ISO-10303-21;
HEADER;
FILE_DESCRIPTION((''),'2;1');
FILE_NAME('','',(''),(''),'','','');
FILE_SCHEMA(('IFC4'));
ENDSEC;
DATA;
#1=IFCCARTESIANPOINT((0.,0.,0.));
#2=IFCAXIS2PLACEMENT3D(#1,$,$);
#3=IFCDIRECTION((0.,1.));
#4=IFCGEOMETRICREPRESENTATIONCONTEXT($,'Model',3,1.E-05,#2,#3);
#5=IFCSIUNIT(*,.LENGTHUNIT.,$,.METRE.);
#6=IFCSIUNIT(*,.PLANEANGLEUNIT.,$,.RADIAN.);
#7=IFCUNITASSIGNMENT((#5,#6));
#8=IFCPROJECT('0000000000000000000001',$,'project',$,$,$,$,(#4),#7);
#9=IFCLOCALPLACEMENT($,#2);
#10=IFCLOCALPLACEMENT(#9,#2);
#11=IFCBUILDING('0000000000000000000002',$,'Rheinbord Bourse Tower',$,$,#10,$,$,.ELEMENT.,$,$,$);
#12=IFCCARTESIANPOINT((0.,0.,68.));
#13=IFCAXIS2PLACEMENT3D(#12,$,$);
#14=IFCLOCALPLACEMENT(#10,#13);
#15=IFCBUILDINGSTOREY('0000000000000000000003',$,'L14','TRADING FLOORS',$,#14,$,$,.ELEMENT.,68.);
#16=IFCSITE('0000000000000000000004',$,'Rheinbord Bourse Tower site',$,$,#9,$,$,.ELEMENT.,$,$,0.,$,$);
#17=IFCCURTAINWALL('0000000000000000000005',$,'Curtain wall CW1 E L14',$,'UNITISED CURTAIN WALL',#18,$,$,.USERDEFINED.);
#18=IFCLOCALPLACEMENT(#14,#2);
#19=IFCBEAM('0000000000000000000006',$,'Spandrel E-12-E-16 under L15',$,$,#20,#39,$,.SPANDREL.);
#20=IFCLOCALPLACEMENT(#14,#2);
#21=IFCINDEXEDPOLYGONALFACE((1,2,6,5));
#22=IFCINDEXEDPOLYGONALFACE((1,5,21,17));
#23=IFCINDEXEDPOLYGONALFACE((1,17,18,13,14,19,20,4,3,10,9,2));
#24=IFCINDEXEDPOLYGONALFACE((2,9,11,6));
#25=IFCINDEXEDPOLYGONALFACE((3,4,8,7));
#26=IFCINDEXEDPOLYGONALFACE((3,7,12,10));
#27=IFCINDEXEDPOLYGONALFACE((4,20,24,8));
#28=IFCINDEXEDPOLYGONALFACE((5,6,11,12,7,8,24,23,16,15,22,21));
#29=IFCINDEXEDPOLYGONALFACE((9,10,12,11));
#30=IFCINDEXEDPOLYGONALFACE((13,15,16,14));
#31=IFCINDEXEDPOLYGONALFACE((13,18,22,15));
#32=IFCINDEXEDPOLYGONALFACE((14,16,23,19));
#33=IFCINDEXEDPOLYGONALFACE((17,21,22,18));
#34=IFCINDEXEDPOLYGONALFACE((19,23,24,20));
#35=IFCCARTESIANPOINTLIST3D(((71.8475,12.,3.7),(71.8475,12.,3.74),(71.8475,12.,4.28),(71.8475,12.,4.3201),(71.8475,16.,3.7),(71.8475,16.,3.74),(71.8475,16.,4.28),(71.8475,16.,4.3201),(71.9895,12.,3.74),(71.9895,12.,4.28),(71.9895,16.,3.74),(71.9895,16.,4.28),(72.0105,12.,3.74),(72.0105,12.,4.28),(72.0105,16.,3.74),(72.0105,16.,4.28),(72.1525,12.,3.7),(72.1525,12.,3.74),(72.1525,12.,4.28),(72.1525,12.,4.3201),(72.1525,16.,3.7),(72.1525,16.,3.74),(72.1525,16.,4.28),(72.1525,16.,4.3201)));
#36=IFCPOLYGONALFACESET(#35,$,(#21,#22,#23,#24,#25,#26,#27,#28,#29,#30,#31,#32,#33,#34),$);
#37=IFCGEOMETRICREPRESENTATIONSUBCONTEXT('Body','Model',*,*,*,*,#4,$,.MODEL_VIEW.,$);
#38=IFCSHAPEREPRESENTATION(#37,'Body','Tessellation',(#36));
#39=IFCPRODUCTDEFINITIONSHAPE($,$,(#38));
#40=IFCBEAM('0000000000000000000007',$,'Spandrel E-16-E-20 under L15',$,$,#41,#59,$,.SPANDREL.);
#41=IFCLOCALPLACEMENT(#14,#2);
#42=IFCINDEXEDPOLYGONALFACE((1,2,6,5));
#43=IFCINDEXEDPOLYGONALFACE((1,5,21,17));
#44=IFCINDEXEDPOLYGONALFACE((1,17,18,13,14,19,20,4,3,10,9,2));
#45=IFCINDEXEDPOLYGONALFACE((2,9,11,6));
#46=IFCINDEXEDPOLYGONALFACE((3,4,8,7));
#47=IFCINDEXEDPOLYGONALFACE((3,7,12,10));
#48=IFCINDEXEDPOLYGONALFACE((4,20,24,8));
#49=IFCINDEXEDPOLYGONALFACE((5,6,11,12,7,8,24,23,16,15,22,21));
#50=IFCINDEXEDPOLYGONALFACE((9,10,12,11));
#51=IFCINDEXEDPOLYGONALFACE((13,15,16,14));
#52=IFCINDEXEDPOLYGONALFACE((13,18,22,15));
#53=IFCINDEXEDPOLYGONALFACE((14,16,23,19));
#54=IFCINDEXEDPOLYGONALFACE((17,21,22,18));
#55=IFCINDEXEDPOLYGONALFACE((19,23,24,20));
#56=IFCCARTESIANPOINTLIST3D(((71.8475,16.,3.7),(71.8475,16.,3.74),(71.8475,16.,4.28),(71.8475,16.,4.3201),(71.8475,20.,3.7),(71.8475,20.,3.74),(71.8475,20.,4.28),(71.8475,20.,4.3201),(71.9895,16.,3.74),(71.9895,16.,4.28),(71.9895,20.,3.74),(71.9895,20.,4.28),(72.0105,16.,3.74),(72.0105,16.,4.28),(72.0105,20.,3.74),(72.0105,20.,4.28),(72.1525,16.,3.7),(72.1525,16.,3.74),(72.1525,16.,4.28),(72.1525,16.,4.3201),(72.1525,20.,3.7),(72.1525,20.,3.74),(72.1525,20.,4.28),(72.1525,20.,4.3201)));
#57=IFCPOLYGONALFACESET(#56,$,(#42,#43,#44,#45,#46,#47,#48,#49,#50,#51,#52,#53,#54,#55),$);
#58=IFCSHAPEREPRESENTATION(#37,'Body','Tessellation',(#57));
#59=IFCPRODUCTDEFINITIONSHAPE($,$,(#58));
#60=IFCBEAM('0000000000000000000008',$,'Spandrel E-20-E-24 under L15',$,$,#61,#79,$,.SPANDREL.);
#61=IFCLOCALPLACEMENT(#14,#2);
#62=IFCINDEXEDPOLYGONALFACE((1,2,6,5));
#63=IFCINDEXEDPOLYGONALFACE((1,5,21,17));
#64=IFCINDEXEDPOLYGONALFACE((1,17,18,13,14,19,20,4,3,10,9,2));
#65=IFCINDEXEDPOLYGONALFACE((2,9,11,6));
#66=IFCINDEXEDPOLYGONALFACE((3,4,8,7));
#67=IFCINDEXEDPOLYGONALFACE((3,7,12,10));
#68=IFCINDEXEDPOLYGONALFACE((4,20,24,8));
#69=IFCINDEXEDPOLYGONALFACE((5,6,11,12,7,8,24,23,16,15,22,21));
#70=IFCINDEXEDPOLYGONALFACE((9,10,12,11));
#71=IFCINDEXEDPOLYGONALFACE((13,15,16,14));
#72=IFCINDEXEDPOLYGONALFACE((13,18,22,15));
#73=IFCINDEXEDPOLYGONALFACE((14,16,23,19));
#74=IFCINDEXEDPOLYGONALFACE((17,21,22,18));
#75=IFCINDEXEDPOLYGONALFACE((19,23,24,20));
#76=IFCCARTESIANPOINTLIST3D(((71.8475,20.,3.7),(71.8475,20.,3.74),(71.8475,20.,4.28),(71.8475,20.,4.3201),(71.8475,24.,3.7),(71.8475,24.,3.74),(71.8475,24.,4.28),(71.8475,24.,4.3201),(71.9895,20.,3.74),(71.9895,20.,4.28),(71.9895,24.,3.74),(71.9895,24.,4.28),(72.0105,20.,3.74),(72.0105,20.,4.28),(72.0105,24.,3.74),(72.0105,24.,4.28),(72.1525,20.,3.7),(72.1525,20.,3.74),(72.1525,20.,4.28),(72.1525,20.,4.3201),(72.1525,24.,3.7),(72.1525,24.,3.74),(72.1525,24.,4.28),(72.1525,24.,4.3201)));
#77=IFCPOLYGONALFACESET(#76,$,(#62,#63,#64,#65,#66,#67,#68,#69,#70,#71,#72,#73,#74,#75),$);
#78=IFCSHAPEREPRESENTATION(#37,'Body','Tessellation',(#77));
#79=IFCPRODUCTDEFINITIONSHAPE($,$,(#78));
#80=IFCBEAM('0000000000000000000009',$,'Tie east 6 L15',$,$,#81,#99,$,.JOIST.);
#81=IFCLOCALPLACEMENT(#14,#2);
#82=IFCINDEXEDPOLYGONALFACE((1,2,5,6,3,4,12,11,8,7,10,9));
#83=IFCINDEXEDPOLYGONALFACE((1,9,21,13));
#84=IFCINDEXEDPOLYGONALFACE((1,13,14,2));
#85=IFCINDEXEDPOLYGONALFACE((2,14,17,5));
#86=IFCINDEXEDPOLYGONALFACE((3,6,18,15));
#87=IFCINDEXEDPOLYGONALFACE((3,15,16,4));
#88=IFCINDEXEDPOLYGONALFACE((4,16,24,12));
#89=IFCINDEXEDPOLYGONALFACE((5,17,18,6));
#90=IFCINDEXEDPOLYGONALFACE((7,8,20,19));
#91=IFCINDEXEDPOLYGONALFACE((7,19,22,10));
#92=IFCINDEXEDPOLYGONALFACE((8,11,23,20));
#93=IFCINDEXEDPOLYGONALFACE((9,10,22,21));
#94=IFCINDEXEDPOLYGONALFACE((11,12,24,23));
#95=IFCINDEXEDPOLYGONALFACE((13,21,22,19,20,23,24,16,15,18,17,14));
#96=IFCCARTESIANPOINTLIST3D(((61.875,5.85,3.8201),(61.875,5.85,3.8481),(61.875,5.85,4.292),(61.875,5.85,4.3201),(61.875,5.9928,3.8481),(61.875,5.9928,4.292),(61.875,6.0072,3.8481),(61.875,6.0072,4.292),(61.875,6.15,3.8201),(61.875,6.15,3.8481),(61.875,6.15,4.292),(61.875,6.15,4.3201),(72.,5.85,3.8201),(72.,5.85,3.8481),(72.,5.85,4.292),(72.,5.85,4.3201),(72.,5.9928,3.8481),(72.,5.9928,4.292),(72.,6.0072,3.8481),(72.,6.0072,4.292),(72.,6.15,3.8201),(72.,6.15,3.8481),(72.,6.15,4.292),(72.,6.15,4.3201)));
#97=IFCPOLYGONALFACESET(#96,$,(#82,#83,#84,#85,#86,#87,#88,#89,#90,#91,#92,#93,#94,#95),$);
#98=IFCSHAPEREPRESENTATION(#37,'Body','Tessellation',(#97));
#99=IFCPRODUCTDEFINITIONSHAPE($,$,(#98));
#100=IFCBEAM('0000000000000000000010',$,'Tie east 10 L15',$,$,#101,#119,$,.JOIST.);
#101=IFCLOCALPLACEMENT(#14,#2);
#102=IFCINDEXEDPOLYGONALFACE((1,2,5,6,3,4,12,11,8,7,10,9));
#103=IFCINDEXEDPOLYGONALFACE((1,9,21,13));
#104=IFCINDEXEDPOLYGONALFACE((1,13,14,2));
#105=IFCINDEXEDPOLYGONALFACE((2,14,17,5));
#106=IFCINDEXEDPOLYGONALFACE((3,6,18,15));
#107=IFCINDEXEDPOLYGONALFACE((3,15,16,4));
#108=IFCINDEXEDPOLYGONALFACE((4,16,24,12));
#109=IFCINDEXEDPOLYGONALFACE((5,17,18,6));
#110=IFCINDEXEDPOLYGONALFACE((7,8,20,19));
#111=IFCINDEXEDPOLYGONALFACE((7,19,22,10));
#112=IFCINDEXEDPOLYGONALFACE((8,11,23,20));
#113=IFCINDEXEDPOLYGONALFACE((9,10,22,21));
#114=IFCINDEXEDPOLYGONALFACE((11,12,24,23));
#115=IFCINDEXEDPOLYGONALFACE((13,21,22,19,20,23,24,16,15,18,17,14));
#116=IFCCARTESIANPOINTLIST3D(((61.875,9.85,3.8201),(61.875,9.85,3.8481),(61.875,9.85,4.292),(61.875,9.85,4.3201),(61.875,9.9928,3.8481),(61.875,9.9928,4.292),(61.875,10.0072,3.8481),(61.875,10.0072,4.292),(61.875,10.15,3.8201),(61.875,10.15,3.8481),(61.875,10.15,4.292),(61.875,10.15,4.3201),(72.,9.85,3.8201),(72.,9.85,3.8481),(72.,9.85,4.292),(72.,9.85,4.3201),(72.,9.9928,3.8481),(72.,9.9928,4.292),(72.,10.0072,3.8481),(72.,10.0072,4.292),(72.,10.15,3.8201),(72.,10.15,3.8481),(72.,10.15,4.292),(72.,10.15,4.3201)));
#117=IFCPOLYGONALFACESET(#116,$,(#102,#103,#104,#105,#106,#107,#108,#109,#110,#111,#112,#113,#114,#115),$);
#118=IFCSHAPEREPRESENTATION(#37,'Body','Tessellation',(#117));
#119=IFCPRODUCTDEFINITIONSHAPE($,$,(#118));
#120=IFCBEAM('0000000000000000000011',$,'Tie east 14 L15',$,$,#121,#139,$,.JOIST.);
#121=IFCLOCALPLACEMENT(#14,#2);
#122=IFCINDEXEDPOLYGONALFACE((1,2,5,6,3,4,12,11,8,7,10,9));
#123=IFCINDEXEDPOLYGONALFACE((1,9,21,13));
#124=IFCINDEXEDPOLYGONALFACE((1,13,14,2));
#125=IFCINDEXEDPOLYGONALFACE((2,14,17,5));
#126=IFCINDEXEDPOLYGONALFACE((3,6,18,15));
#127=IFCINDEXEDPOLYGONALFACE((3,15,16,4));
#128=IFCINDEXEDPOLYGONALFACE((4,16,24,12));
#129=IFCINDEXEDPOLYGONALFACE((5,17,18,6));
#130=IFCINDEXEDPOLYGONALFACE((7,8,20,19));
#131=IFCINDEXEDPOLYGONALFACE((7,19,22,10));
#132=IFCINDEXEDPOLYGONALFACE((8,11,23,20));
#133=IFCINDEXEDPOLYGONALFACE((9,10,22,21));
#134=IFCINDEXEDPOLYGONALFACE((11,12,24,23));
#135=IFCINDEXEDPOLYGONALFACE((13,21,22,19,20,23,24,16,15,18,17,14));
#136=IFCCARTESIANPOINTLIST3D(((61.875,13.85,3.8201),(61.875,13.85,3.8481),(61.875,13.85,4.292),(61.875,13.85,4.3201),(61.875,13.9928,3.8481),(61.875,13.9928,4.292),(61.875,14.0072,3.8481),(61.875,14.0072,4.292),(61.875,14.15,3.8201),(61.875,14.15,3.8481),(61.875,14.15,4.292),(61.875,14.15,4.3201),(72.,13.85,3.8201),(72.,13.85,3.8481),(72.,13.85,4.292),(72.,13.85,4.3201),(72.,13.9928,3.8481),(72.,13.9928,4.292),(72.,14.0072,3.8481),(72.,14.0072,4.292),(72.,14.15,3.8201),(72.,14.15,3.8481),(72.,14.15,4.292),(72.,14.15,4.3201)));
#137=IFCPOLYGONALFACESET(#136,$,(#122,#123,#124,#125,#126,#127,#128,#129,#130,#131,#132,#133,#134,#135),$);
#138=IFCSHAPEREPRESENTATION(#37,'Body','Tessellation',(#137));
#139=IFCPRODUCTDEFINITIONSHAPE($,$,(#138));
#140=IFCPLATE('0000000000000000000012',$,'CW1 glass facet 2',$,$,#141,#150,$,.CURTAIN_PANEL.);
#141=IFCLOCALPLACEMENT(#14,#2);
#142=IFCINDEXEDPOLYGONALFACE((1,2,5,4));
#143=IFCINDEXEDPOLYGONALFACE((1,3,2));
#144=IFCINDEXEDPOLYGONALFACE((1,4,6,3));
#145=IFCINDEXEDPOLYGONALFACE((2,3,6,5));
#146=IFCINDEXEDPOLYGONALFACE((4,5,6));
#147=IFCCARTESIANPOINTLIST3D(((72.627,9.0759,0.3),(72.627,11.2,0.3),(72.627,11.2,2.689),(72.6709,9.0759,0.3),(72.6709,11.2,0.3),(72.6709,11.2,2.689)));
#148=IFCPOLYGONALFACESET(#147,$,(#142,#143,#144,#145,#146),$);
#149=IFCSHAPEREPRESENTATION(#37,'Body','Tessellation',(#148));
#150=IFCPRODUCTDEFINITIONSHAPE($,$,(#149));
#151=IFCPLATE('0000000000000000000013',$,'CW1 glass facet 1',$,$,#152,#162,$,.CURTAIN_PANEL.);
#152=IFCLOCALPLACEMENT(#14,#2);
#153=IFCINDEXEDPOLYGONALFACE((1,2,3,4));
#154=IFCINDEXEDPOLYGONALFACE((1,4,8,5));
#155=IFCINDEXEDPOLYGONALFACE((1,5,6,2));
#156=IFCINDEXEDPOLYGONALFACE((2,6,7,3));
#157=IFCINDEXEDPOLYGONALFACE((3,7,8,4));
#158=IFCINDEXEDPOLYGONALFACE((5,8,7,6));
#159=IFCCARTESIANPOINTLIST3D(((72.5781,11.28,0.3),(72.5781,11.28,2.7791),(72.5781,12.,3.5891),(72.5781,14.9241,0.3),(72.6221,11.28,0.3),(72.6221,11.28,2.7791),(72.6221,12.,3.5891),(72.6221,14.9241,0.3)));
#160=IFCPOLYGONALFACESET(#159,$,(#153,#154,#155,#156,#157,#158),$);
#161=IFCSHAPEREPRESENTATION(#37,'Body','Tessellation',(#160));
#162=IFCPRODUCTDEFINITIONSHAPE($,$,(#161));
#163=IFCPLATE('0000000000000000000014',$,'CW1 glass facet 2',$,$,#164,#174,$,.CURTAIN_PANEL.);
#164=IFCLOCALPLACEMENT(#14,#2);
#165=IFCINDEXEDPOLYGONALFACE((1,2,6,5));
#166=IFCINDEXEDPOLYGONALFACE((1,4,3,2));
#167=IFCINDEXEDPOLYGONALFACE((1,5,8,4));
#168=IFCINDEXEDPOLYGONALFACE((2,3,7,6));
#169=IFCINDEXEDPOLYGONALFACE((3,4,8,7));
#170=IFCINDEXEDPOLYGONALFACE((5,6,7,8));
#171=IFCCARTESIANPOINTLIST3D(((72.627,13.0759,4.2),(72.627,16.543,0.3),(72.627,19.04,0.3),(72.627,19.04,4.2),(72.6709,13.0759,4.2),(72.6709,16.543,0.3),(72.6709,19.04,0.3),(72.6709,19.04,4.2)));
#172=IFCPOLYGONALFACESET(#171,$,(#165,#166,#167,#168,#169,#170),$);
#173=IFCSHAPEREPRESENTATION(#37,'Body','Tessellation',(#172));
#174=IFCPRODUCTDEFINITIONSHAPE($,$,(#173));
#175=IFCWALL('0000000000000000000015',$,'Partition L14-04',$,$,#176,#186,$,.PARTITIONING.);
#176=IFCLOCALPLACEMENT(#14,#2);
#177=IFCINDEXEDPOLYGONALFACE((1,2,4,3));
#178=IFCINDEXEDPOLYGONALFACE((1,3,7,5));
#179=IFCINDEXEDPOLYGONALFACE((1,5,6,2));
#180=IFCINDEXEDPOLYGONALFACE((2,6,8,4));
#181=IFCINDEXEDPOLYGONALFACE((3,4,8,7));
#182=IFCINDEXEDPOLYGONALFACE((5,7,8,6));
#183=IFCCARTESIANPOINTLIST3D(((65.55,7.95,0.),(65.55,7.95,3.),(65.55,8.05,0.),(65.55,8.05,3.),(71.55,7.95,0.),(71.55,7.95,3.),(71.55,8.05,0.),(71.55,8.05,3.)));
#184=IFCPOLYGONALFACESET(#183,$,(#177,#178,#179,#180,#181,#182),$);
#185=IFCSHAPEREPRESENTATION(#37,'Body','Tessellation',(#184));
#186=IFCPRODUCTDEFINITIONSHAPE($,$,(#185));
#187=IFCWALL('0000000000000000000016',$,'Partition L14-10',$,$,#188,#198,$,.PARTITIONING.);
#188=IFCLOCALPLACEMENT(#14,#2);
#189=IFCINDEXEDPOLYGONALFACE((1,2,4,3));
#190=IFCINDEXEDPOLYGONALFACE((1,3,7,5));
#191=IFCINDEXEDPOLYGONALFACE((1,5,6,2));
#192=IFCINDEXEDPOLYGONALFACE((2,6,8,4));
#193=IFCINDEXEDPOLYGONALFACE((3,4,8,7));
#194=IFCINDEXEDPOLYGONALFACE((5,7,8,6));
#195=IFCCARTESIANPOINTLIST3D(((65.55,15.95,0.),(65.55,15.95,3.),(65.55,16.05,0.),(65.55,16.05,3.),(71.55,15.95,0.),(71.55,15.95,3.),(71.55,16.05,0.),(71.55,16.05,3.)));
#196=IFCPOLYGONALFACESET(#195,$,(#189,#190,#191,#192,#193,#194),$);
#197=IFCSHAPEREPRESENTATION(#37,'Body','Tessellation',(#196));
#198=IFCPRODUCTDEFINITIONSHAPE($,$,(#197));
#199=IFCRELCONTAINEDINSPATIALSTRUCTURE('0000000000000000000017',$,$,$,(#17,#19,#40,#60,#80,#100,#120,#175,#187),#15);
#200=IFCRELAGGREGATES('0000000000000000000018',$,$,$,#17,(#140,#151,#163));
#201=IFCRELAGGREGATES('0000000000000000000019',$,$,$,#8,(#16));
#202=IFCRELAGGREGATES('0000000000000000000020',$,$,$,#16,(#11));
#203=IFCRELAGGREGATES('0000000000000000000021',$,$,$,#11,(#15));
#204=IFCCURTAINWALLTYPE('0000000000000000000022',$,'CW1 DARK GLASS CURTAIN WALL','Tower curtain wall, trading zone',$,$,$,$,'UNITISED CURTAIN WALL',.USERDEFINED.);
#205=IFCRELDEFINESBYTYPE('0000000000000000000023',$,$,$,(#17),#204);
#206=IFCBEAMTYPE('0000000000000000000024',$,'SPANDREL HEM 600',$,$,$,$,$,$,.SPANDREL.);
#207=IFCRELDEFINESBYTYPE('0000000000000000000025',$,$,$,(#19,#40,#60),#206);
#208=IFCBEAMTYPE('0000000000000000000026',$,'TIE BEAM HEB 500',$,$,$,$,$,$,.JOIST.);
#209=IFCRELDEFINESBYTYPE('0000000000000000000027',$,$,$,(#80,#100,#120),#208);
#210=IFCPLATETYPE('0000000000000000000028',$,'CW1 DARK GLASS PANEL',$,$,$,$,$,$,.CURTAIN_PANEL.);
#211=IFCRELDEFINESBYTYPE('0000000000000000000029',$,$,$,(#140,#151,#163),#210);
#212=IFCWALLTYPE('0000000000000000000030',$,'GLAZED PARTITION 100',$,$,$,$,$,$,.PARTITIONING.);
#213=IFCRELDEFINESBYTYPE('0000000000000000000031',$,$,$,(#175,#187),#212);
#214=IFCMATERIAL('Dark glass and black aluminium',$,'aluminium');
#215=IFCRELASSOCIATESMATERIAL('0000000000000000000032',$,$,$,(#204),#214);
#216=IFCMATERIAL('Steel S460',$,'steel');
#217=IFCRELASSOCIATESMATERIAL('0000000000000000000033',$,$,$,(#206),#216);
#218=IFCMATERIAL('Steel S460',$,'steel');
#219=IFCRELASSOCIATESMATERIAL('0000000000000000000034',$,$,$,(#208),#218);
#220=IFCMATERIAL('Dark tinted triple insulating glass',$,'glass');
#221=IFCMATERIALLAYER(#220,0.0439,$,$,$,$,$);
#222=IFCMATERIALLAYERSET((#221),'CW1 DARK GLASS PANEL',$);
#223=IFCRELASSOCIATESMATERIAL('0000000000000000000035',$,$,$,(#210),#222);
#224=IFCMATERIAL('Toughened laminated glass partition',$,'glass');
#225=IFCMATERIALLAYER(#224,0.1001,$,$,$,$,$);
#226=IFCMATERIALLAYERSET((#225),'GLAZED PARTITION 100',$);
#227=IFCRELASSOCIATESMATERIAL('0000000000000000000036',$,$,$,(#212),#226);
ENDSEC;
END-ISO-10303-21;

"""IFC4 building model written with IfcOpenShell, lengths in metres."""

from ifc_helpers import new_model, si_unit, direction, frame, frame_2d, origin, origin_2d, place, context, subcontext, project, spatial, polyline, rectangle, i_section, outline, extrude, material, layer, layer_set, material_profile, profile_set, type_object, element, aggregate, save


model = new_model("IFC4")

# Units and contexts
model_context = context("Model", 3, precision=1e-05, world=origin(), true_north=direction((0.0, 1.0)))
body_context = subcontext(model_context, "Body", "Model", "MODEL_VIEW")
ifc_project = project(units=[si_unit("LENGTHUNIT", "METRE"), si_unit("PLANEANGLEUNIT", "RADIAN")], contexts=[model_context])

# Site, building, storey
site_placement = place(None, origin())
site = spatial("IfcSite", under=ifc_project, at=site_placement, Name="Rheinbord Bourse Tower site", CompositionType="ELEMENT", RefElevation=0.0)
building_placement = place(site_placement, origin())
building = spatial("IfcBuilding", under=site, at=building_placement, Name="Rheinbord Bourse Tower", CompositionType="ELEMENT")
storey_placement = place(building_placement, frame((0.0, 0.0, 68.0)))
storey = spatial("IfcBuildingStorey", under=building, at=storey_placement, Name="L14", Description="TRADING FLOORS", CompositionType="ELEMENT", Elevation=68.0)

# Curtain wall
ifc_material_1 = material(Name="Dark glass and black aluminium", Category="aluminium")
curtain_wall_type = type_object("IfcCurtainWallType", Name="CW1 DARK GLASS CURTAIN WALL", Description="Tower curtain wall, trading zone", ElementType="UNITISED CURTAIN WALL", PredefinedType="USERDEFINED", material=ifc_material_1)
curtain_wall_placement = place(storey_placement, origin())
curtain_wall = element("IfcCurtainWall", 1, at=curtain_wall_placement, inside=storey, type_object=curtain_wall_type, Name="Curtain wall CW1 E L14", ObjectType="UNITISED CURTAIN WALL", PredefinedType="USERDEFINED")

# Beams
ifc_material_2 = material(Name="Steel S460", Category="steel")
ifc_material_profile_1 = material_profile(ifc_material_2, i_section(OverallWidth=0.3049, OverallDepth=0.6201, WebThickness=0.021, FlangeThickness=0.04, at=origin_2d()), Name="HEM 600")
ifc_profile_set_1 = profile_set([ifc_material_profile_1], Name="Steel S460")
beam_type_1 = type_object("IfcBeamType", Name="SPANDREL HEM 600", PredefinedType="SPANDREL", material=ifc_profile_set_1)
for number, where, z_axis, x_axis, name in (
    (2, (72.0, 12.0, 4.01), (0.0, 1.0, 0.0), (-1.0, 0.0, 0.0), "Spandrel E-12-E-16 under L15"),
    (3, (72.0, 16.0, 4.01), (0.0, 1.0, 0.0), (-1.0, 0.0, 0.0), "Spandrel E-16-E-20 under L15"),
    (4, (72.0, 20.0, 4.01), (0.0, 1.0, 0.0), (-1.0, 0.0, 0.0), "Spandrel E-20-E-24 under L15"),
):
    element("IfcBeam", number, at=place(storey_placement, frame(where, z_axis=z_axis, x_axis=x_axis)), inside=storey, type_object=beam_type_1, Name=name, PredefinedType="SPANDREL", context=body_context, shape_type="SweptSolid", body=[
        extrude(i_section(OverallWidth=0.3049, OverallDepth=0.6201, WebThickness=0.021, FlangeThickness=0.04, at=origin_2d()), origin(), (0.0, 0.0, 1.0), 4.0),
    ])
ifc_material_3 = material(Name="Steel S460", Category="steel")
ifc_material_profile_2 = material_profile(ifc_material_3, i_section(OverallWidth=0.3, OverallDepth=0.5, WebThickness=0.0144, FlangeThickness=0.0281, at=origin_2d()), Name="HEB 500")
ifc_profile_set_2 = profile_set([ifc_material_profile_2], Name="Steel S460")
beam_type_2 = type_object("IfcBeamType", Name="TIE BEAM HEB 500", PredefinedType="JOIST", material=ifc_profile_set_2)
for number, where, z_axis, x_axis, name in (
    (5, (61.875, 6.0, 4.0701), (1.0, 0.0, 0.0), (0.0, 1.0, 0.0), "Tie east 6 L15"),
    (6, (61.875, 10.0, 4.0701), (1.0, 0.0, 0.0), (0.0, 1.0, 0.0), "Tie east 10 L15"),
    (7, (61.875, 14.0, 4.0701), (1.0, 0.0, 0.0), (0.0, 1.0, 0.0), "Tie east 14 L15"),
):
    element("IfcBeam", number, at=place(storey_placement, frame(where, z_axis=z_axis, x_axis=x_axis)), inside=storey, type_object=beam_type_2, Name=name, PredefinedType="JOIST", context=body_context, shape_type="SweptSolid", body=[
        extrude(i_section(OverallWidth=0.3, OverallDepth=0.5, WebThickness=0.0144, FlangeThickness=0.0281, at=origin_2d()), origin(), (0.0, 0.0, 1.0), 10.125),
    ])

# Plates
ifc_material_4 = material(Name="Dark tinted triple insulating glass", Category="glass")
ifc_layer_1 = layer(ifc_material_4, 0.0439)
ifc_layer_set_1 = layer_set([ifc_layer_1], Name="CW1 DARK GLASS PANEL")
plate_type = type_object("IfcPlateType", Name="CW1 DARK GLASS PANEL", PredefinedType="CURTAIN_PANEL", material=ifc_layer_set_1)
plate_1_placement = place(storey_placement, frame((72.6709, 11.2, 0.3), z_axis=(-1.0, 0.0, 0.0), x_axis=(0.0, -1.0, 0.0)))
plate_1 = element("IfcPlate", 8, at=plate_1_placement, type_object=plate_type, Name="CW1 glass facet 2", PredefinedType="CURTAIN_PANEL", context=body_context, shape_type="SweptSolid", body=[
    extrude(outline(polyline([(0.0, 0.0), (2.124, 0.0), (0.0, 2.3889), (0.0, 0.0)])), origin(), (0.0, 0.0, 1.0), 0.0439),
])
plate_2_placement = place(storey_placement, frame((72.6221, 11.28, 0.3), z_axis=(-1.0, 0.0, 0.0), x_axis=(0.0, 0.0, 1.0)))
plate_2 = element("IfcPlate", 9, at=plate_2_placement, type_object=plate_type, Name="CW1 glass facet 1", PredefinedType="CURTAIN_PANEL", context=body_context, shape_type="SweptSolid", body=[
    extrude(outline(polyline([(0.0, 0.0), (2.479, 0.0), (3.2891, 0.72), (0.0, 3.644), (0.0, 0.0)])), origin(), (0.0, 0.0, 1.0), 0.0439),
])
plate_3_placement = place(storey_placement, frame((72.6709, 19.04, 4.2), z_axis=(-1.0, 0.0, 0.0), x_axis=(0.0, 0.0, -1.0)))
plate_3 = element("IfcPlate", 10, at=plate_3_placement, type_object=plate_type, Name="CW1 glass facet 2", PredefinedType="CURTAIN_PANEL", context=body_context, shape_type="SweptSolid", body=[
    extrude(outline(polyline([(0.0, 0.0), (3.8999, 0.0), (3.8999, 2.4971), (0.0, 5.9641), (0.0, 0.0)])), origin(), (0.0, 0.0, 1.0), 0.0439),
])
aggregate(curtain_wall, [plate_1, plate_2, plate_3])

# Walls
ifc_material_5 = material(Name="Toughened laminated glass partition", Category="glass")
ifc_layer_2 = layer(ifc_material_5, 0.1001)
ifc_layer_set_2 = layer_set([ifc_layer_2], Name="GLAZED PARTITION 100")
wall_type_1 = type_object("IfcWallType", Name="GLAZED PARTITION 100", PredefinedType="PARTITIONING", material=ifc_layer_set_2)
for number, where, z_axis, x_axis, name in (
    (11, (65.55, 8.0, 0.0), (0.0, 0.0, 1.0), (1.0, 0.0, 0.0), "Partition L14-04"),
    (12, (65.55, 16.0, 0.0), (0.0, 0.0, 1.0), (1.0, 0.0, 0.0), "Partition L14-10"),
):
    element("IfcWall", number, at=place(storey_placement, frame(where, z_axis=z_axis, x_axis=x_axis)), inside=storey, type_object=wall_type_1, Name=name, PredefinedType="PARTITIONING", context=body_context, shape_type="SweptSolid", body=[
        extrude(rectangle(XDim=6.0, YDim=0.1001, at=frame_2d((3.0, 0.0))), origin(), (0.0, 0.0, 1.0), 3.0),
    ])

save(model, "model.ifc")
